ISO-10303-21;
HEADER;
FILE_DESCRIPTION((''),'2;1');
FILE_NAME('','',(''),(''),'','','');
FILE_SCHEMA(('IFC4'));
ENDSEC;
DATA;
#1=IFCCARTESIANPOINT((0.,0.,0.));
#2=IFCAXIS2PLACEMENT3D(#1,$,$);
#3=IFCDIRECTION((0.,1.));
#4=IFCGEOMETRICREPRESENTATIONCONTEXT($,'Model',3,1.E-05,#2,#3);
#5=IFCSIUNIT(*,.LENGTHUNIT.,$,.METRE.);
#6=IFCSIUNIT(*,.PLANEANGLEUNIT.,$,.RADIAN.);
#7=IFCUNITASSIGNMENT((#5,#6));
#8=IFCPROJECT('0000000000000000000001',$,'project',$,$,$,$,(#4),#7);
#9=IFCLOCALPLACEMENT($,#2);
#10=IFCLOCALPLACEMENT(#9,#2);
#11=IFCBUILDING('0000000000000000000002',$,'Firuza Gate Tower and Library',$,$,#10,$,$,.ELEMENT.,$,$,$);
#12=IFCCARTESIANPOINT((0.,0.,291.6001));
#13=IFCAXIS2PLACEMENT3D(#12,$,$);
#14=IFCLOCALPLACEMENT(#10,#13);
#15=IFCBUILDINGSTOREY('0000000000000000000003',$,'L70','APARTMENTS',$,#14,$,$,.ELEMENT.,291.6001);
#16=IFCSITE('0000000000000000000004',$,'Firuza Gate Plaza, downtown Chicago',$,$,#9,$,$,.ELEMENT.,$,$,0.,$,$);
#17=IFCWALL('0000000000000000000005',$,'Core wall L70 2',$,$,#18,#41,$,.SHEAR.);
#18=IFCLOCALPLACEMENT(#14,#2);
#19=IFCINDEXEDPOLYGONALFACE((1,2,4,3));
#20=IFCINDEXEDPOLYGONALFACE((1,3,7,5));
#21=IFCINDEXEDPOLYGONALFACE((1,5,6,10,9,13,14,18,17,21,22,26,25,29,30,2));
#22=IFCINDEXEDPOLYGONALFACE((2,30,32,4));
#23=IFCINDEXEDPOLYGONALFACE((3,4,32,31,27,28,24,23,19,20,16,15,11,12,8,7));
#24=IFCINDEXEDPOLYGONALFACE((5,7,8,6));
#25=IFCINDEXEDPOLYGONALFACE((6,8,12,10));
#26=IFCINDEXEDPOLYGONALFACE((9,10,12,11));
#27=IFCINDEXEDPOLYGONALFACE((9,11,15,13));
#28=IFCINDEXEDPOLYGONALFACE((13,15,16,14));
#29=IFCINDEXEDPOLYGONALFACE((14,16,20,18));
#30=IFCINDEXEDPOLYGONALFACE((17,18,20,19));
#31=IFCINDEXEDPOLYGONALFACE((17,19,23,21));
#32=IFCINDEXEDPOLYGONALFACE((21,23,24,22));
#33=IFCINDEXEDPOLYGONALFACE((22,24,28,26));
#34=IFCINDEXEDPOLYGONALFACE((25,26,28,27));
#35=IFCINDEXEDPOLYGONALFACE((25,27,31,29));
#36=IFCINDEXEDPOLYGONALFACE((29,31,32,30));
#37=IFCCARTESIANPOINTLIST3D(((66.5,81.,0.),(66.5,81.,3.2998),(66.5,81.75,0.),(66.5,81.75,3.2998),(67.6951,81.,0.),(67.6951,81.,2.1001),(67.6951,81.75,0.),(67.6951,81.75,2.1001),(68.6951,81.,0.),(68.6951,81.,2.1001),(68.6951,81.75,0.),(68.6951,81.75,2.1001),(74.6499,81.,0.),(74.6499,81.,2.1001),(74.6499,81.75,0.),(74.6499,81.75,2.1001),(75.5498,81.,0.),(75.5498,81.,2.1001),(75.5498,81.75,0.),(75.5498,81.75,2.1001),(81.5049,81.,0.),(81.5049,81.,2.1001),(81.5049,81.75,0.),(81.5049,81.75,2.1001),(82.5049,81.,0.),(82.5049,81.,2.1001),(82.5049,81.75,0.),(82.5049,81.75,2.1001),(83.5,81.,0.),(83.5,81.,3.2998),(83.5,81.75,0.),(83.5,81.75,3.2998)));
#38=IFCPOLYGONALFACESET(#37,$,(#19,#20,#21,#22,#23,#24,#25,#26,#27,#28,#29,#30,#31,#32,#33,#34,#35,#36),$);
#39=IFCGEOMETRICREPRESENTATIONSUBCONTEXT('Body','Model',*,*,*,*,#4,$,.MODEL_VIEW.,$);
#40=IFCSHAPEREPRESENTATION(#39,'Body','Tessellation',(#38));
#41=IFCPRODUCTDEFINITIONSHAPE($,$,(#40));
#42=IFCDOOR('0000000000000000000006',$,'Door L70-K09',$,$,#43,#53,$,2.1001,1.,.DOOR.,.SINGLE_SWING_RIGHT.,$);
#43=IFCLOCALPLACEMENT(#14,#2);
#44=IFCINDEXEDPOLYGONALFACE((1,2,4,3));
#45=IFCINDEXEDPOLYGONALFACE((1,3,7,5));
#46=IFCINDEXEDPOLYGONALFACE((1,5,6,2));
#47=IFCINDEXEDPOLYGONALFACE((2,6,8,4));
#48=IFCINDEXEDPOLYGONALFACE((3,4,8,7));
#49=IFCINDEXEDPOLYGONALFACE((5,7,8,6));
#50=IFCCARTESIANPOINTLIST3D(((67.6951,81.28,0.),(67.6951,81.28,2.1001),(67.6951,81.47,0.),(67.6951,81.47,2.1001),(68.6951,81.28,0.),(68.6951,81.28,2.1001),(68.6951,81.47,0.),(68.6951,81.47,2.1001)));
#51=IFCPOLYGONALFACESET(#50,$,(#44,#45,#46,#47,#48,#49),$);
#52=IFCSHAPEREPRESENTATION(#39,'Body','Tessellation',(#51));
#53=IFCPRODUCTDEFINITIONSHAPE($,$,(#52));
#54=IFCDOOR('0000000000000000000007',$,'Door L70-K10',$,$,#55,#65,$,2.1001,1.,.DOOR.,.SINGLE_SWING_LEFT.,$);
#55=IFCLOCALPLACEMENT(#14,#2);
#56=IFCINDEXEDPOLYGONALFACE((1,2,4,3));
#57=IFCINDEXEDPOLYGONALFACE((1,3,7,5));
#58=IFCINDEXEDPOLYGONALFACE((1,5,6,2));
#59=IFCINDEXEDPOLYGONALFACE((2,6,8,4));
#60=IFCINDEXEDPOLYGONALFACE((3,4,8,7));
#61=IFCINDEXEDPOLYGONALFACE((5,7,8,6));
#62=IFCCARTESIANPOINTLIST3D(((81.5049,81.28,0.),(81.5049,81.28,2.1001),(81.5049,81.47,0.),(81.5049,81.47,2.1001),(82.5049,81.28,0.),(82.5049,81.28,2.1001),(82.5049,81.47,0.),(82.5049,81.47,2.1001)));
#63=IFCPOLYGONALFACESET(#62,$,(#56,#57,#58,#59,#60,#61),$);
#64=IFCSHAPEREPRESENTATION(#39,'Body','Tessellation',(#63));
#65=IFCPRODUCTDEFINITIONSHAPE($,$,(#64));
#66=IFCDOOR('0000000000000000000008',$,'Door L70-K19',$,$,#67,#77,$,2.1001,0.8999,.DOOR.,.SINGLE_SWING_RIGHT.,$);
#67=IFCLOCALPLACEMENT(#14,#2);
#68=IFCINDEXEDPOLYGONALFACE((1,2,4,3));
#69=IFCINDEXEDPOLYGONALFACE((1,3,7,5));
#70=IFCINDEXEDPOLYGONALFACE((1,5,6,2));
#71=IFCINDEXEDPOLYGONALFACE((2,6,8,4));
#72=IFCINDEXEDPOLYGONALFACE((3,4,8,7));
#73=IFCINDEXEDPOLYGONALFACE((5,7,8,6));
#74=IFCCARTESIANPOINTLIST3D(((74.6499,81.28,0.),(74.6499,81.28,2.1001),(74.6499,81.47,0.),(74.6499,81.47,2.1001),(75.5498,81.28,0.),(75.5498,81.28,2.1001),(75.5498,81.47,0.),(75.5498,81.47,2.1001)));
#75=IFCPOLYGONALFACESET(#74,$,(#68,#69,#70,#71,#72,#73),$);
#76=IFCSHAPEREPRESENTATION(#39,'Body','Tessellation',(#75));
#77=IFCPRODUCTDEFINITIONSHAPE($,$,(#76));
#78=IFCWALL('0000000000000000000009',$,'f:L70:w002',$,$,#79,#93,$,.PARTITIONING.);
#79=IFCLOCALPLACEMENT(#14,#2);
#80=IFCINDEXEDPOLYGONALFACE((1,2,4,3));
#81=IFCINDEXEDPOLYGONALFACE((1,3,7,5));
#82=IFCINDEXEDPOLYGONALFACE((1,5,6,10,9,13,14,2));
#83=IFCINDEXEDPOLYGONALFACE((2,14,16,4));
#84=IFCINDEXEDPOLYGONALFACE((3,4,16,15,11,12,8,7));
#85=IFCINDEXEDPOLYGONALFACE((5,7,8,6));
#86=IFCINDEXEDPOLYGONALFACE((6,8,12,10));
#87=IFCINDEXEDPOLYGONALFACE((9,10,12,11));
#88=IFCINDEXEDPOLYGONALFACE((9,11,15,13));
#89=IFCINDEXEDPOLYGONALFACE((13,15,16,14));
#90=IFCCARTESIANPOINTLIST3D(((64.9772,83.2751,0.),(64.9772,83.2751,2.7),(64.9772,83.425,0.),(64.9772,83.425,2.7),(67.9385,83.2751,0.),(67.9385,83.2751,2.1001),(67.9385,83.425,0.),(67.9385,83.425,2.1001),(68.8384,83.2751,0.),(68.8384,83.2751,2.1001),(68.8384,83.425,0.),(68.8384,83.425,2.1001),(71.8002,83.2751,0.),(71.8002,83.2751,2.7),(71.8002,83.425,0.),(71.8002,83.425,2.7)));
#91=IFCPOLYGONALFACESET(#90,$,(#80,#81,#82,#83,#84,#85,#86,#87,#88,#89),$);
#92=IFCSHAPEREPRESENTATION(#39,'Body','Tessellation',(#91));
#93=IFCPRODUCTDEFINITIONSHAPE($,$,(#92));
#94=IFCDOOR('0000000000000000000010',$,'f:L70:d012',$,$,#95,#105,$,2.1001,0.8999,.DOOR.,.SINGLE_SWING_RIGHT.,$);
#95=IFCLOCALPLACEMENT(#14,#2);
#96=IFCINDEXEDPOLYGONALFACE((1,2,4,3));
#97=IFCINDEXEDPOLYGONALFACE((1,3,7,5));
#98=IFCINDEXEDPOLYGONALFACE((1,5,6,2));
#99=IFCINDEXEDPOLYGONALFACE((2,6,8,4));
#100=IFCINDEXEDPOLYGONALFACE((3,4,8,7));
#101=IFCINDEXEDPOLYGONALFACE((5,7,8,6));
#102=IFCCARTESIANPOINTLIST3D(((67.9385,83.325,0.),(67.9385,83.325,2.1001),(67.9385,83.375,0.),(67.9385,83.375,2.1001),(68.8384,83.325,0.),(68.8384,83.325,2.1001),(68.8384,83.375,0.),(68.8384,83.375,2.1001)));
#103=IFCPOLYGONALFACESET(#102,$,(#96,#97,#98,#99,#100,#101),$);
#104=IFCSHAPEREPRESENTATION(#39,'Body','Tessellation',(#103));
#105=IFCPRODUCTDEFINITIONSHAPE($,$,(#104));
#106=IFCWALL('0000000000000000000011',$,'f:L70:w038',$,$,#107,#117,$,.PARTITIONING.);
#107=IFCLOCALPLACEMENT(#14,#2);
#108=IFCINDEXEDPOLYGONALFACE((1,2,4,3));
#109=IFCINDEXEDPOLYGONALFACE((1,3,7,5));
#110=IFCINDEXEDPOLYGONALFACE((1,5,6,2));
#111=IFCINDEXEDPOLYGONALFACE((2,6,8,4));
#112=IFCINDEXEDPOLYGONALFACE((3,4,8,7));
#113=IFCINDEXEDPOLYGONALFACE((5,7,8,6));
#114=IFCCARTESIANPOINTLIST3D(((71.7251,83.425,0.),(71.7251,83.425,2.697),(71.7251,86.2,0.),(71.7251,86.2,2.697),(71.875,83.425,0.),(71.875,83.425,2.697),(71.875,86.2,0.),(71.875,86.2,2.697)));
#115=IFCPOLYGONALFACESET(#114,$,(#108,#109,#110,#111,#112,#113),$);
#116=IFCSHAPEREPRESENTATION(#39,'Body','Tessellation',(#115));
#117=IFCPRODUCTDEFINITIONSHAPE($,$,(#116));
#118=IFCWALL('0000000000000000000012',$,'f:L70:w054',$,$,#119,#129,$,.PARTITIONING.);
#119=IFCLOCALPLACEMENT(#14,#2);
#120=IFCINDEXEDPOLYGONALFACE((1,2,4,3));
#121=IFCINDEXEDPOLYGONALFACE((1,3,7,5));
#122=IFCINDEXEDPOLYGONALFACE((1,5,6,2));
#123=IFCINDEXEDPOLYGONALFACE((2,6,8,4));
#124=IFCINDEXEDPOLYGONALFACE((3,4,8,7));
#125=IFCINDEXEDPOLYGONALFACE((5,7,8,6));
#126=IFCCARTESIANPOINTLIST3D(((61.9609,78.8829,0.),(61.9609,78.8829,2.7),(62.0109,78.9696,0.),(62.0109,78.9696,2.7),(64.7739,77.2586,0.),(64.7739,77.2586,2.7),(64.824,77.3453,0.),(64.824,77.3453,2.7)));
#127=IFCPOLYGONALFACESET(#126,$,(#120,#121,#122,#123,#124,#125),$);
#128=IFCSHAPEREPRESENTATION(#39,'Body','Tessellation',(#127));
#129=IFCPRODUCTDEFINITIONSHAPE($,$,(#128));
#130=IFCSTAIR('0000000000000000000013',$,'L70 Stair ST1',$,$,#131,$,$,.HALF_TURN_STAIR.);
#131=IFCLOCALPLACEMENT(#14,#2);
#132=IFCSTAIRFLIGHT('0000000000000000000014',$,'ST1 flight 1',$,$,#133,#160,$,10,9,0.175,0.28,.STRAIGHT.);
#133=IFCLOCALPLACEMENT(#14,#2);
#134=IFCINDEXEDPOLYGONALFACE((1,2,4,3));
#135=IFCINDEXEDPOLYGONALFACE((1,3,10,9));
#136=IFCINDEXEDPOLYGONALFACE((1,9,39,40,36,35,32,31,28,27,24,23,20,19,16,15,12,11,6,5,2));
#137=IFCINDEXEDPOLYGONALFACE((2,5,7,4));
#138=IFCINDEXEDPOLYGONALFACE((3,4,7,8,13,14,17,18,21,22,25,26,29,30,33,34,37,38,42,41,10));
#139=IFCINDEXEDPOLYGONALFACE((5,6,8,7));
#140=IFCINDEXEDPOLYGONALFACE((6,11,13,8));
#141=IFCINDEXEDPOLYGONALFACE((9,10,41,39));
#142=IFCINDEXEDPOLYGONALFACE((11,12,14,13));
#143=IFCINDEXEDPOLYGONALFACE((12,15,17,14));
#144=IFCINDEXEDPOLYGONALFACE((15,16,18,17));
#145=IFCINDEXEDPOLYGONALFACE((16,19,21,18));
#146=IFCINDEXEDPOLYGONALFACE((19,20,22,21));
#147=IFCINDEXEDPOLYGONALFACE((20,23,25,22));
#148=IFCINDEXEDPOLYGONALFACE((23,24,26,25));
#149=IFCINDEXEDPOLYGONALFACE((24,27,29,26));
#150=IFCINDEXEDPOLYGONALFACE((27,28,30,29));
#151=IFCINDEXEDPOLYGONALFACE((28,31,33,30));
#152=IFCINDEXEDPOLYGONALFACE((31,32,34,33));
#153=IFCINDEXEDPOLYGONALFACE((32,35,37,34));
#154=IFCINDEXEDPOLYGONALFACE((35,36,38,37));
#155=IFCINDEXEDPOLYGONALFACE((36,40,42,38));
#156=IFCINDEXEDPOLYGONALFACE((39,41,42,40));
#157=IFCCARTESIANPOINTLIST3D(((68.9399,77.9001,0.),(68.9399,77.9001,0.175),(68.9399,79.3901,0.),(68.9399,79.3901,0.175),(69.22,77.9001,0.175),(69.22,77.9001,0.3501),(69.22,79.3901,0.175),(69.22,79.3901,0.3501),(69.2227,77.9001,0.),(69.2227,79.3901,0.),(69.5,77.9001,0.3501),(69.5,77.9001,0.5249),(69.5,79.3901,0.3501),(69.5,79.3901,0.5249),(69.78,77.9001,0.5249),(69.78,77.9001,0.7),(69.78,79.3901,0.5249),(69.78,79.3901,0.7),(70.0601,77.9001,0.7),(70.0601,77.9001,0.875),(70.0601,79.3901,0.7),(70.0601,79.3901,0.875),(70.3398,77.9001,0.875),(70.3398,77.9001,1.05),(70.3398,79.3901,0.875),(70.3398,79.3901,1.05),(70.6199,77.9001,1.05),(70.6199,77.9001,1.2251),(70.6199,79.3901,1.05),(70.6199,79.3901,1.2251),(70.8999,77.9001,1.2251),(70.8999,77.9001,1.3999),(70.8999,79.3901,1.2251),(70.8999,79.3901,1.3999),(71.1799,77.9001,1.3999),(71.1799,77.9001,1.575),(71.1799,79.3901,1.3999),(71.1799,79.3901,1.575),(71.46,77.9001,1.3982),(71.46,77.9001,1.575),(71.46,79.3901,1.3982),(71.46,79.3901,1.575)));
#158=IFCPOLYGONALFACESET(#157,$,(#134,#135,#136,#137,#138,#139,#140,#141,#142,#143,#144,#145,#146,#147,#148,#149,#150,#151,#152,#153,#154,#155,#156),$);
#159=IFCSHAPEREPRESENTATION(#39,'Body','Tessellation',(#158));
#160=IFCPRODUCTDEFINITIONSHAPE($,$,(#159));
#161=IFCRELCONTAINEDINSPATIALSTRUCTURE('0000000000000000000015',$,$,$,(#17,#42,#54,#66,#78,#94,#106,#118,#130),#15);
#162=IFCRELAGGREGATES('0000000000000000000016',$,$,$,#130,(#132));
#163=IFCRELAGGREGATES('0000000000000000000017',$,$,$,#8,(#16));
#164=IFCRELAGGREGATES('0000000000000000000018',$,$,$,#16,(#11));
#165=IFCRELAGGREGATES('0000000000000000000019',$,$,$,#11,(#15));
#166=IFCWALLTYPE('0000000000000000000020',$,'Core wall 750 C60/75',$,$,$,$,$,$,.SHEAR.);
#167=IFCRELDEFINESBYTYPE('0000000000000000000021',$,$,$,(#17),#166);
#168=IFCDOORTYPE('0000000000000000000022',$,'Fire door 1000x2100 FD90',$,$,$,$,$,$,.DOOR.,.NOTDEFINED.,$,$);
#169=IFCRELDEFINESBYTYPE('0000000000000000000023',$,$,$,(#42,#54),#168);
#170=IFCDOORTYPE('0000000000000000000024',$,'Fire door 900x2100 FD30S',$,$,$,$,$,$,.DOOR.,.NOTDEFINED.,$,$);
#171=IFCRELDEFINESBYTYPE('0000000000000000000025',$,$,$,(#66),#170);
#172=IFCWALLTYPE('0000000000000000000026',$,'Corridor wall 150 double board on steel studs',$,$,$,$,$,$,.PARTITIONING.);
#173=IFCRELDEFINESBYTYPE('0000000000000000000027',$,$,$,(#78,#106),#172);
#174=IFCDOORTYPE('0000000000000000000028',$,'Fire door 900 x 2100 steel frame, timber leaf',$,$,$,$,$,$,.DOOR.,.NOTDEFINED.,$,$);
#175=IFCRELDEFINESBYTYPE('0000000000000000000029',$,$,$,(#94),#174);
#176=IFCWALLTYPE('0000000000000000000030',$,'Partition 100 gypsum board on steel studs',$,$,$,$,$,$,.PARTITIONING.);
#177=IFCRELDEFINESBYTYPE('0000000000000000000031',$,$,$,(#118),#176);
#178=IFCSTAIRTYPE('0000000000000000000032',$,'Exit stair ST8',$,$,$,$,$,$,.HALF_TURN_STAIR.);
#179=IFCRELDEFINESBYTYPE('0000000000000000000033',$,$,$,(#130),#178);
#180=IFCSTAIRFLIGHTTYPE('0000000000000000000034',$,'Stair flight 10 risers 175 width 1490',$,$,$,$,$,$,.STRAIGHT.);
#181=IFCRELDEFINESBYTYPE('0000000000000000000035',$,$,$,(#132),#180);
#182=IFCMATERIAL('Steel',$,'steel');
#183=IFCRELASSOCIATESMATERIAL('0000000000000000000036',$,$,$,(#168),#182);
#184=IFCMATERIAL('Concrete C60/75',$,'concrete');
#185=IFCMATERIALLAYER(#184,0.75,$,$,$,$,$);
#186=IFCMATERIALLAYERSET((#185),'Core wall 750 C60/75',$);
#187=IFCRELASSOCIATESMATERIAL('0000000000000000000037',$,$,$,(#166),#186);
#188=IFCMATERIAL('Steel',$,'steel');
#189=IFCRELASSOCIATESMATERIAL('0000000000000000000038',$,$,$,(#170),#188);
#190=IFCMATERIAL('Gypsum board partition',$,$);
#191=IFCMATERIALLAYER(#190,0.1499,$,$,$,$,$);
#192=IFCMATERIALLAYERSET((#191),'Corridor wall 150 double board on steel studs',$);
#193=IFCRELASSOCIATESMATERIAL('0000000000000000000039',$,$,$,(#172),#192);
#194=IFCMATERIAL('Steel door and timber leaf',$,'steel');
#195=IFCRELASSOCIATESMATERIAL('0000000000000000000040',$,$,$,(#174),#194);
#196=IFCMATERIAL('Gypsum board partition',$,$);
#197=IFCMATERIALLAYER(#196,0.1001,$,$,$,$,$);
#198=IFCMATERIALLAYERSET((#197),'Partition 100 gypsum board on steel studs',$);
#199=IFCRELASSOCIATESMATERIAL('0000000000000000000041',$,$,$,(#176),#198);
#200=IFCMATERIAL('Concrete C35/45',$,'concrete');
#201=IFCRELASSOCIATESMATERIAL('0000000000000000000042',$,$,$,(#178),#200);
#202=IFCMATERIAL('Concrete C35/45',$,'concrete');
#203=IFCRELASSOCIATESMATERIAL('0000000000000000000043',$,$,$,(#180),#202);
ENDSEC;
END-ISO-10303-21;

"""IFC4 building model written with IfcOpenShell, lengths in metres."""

from ifc_helpers import new_model, si_unit, direction, frame, frame_2d, origin, place, context, subcontext, project, spatial, polyline, rectangle, outline, extrude, material, layer, layer_set, type_object, element, fill, aggregate, save


model = new_model("IFC4")

# Units and contexts
model_context = context("Model", 3, precision=1e-05, world=origin(), true_north=direction((0.0, 1.0)))
body_context = subcontext(model_context, "Body", "Model", "MODEL_VIEW")
ifc_project = project(units=[si_unit("LENGTHUNIT", "METRE"), si_unit("PLANEANGLEUNIT", "RADIAN")], contexts=[model_context])

# Site, building, storey
site_placement = place(None, origin())
site = spatial("IfcSite", under=ifc_project, at=site_placement, Name="Firuza Gate Plaza, downtown Chicago", CompositionType="ELEMENT", RefElevation=0.0)
building_placement = place(site_placement, origin())
building = spatial("IfcBuilding", under=site, at=building_placement, Name="Firuza Gate Tower and Library", CompositionType="ELEMENT")
storey_placement = place(building_placement, frame((0.0, 0.0, 291.6001)))
storey = spatial("IfcBuildingStorey", under=building, at=storey_placement, Name="L70", Description="APARTMENTS", CompositionType="ELEMENT", Elevation=291.6001)

# Shared definitions
ifc_material_1 = material(Name="Steel", Category="steel")
door_type_1 = type_object("IfcDoorType", Name="Fire door 1000x2100 FD90", OperationType="NOTDEFINED", PredefinedType="DOOR", material=ifc_material_1)

# Wall, openings, doors
ifc_material_2 = material(Name="Concrete C60/75", Category="concrete")
ifc_layer_1 = layer(ifc_material_2, 0.75)
ifc_layer_set_1 = layer_set([ifc_layer_1], Name="Core wall 750 C60/75")
wall_type_1 = type_object("IfcWallType", Name="Core wall 750 C60/75", PredefinedType="SHEAR", material=ifc_layer_set_1)
wall_1_placement = place(storey_placement, frame((66.5, 81.375, 0.0), z_axis=(0.0, 0.0, 1.0), x_axis=(1.0, 0.0, 0.0)))
wall_1 = element("IfcWall", 1, at=wall_1_placement, inside=storey, type_object=wall_type_1, Name="Core wall L70 2", PredefinedType="SHEAR", context=body_context, shape_type="SweptSolid", body=[
    extrude(rectangle(XDim=17.0, YDim=0.75, at=frame_2d((8.5, 0.0))), origin(), (0.0, 0.0, 1.0), 3.2998),
])
opening_1_placement = place(wall_1_placement, frame((1.1951, 0.0, 0.0)))
opening_1 = element("IfcOpeningElement", 2, at=opening_1_placement, cuts=wall_1, PredefinedType="OPENING", context=body_context, shape_type="SweptSolid", body=[
    extrude(rectangle(XDim=1.0, YDim=2.1001, at=frame_2d((0.5, 1.05))), frame((0.0, 0.385, 0.0), z_axis=(0.0, -1.0, 0.0), x_axis=(1.0, 0.0, 0.0)), (0.0, 0.0, 1.0), 0.77),
])
opening_2_placement = place(wall_1_placement, frame((15.0049, 0.0, 0.0)))
opening_2 = element("IfcOpeningElement", 3, at=opening_2_placement, cuts=wall_1, PredefinedType="OPENING", context=body_context, shape_type="SweptSolid", body=[
    extrude(rectangle(XDim=1.0, YDim=2.1001, at=frame_2d((0.5, 1.05))), frame((0.0, 0.385, 0.0), z_axis=(0.0, -1.0, 0.0), x_axis=(1.0, 0.0, 0.0)), (0.0, 0.0, 1.0), 0.77),
])
opening_3_placement = place(wall_1_placement, frame((8.1499, 0.0, 0.0)))
opening_3 = element("IfcOpeningElement", 4, at=opening_3_placement, cuts=wall_1, PredefinedType="OPENING", context=body_context, shape_type="SweptSolid", body=[
    extrude(rectangle(XDim=0.8999, YDim=2.1001, at=frame_2d((0.45, 1.05))), frame((0.0, 0.385, 0.0), z_axis=(0.0, -1.0, 0.0), x_axis=(1.0, 0.0, 0.0)), (0.0, 0.0, 1.0), 0.77),
])
door_1_placement = place(opening_1_placement, origin())
door_1 = element("IfcDoor", 5, at=door_1_placement, inside=storey, type_object=door_type_1, Name="Door L70-K09", OperationType="SINGLE_SWING_RIGHT", OverallHeight=2.1001, OverallWidth=1.0, PredefinedType="DOOR", context=body_context, shape_type="SweptSolid", body=[
    extrude(rectangle(XDim=1.0, YDim=2.1001, at=frame_2d((0.5, 1.05))), frame((0.0, 0.095, 0.0), z_axis=(0.0, -1.0, 0.0), x_axis=(1.0, 0.0, 0.0)), (0.0, 0.0, 1.0), 0.1899),
])
fill(opening_1, door_1)
door_2_placement = place(opening_2_placement, origin())
door_2 = element("IfcDoor", 6, at=door_2_placement, inside=storey, type_object=door_type_1, Name="Door L70-K10", OperationType="SINGLE_SWING_LEFT", OverallHeight=2.1001, OverallWidth=1.0, PredefinedType="DOOR", context=body_context, shape_type="SweptSolid", body=[
    extrude(rectangle(XDim=1.0, YDim=2.1001, at=frame_2d((0.5, 1.05))), frame((0.0, 0.095, 0.0), z_axis=(0.0, -1.0, 0.0), x_axis=(1.0, 0.0, 0.0)), (0.0, 0.0, 1.0), 0.1899),
])
fill(opening_2, door_2)
ifc_material_3 = material(Name="Steel", Category="steel")
door_type_2 = type_object("IfcDoorType", Name="Fire door 900x2100 FD30S", OperationType="NOTDEFINED", PredefinedType="DOOR", material=ifc_material_3)
door_3_placement = place(opening_3_placement, origin())
door_3 = element("IfcDoor", 7, at=door_3_placement, inside=storey, type_object=door_type_2, Name="Door L70-K19", OperationType="SINGLE_SWING_RIGHT", OverallHeight=2.1001, OverallWidth=0.8999, PredefinedType="DOOR", context=body_context, shape_type="SweptSolid", body=[
    extrude(rectangle(XDim=0.8999, YDim=2.1001, at=frame_2d((0.45, 1.05))), frame((0.0, 0.095, 0.0), z_axis=(0.0, -1.0, 0.0), x_axis=(1.0, 0.0, 0.0)), (0.0, 0.0, 1.0), 0.1899),
])
fill(opening_3, door_3)

# Wall, opening, door
ifc_material_4 = material(Name="Gypsum board partition")
ifc_layer_2 = layer(ifc_material_4, 0.1499)
ifc_layer_set_2 = layer_set([ifc_layer_2], Name="Corridor wall 150 double board on steel studs")
wall_type_2 = type_object("IfcWallType", Name="Corridor wall 150 double board on steel studs", PredefinedType="PARTITIONING", material=ifc_layer_set_2)
wall_2_placement = place(storey_placement, frame((64.9771, 83.3501, 0.0), z_axis=(0.0, 0.0, 1.0), x_axis=(1.0, 0.0, 0.0)))
wall_2 = element("IfcWall", 8, at=wall_2_placement, inside=storey, type_object=wall_type_2, Name="f:L70:w002", PredefinedType="PARTITIONING", context=body_context, shape_type="SweptSolid", body=[
    extrude(rectangle(XDim=6.823, YDim=0.1499, at=frame_2d((3.4116, 0.0))), origin(), (0.0, 0.0, 1.0), 2.7),
])
opening_4_placement = place(wall_2_placement, frame((2.9614, 0.0, 0.0)))
opening_4 = element("IfcOpeningElement", 9, at=opening_4_placement, cuts=wall_2, PredefinedType="OPENING", context=body_context, shape_type="SweptSolid", body=[
    extrude(rectangle(XDim=0.8999, YDim=2.1001, at=frame_2d((0.45, 1.05))), frame((0.0, 0.085, 0.0), z_axis=(0.0, -1.0, 0.0), x_axis=(1.0, 0.0, 0.0)), (0.0, 0.0, 1.0), 0.1699),
])
ifc_material_5 = material(Name="Steel door and timber leaf", Category="steel")
door_type_3 = type_object("IfcDoorType", Name="Fire door 900 x 2100 steel frame, timber leaf", OperationType="NOTDEFINED", PredefinedType="DOOR", material=ifc_material_5)
door_4_placement = place(opening_4_placement, origin())
door_4 = element("IfcDoor", 10, at=door_4_placement, inside=storey, type_object=door_type_3, Name="f:L70:d012", OperationType="SINGLE_SWING_RIGHT", OverallHeight=2.1001, OverallWidth=0.8999, PredefinedType="DOOR", context=body_context, shape_type="SweptSolid", body=[
    extrude(rectangle(XDim=0.8999, YDim=2.1001, at=frame_2d((0.45, 1.05))), frame((0.0, 0.0249, 0.0), z_axis=(0.0, -1.0, 0.0), x_axis=(1.0, 0.0, 0.0)), (0.0, 0.0, 1.0), 0.05),
])
fill(opening_4, door_4)

# Walls
wall_3_placement = place(storey_placement, frame((71.8, 83.425, 0.0), z_axis=(0.0, 0.0, 1.0), x_axis=(0.0, 1.0, 0.0)))
element("IfcWall", 11, at=wall_3_placement, inside=storey, type_object=wall_type_2, Name="f:L70:w038", PredefinedType="PARTITIONING", context=body_context, shape_type="SweptSolid", body=[
    extrude(rectangle(XDim=2.7749, YDim=0.1499, at=frame_2d((1.3875, 0.0))), origin(), (0.0, 0.0, 1.0), 2.697),
])
ifc_material_6 = material(Name="Gypsum board partition")
ifc_layer_3 = layer(ifc_material_6, 0.1001)
ifc_layer_set_3 = layer_set([ifc_layer_3], Name="Partition 100 gypsum board on steel studs")
wall_type_3 = type_object("IfcWallType", Name="Partition 100 gypsum board on steel studs", PredefinedType="PARTITIONING", material=ifc_layer_set_3)
wall_4_placement = place(storey_placement, frame((64.7988, 77.302, 0.0), z_axis=(0.0, 0.0, 1.0), x_axis=(-0.866, 0.500043, 0.0)))
element("IfcWall", 12, at=wall_4_placement, inside=storey, type_object=wall_type_3, Name="f:L70:w054", PredefinedType="PARTITIONING", context=body_context, shape_type="SweptSolid", body=[
    extrude(rectangle(XDim=3.2483, YDim=0.1001, at=frame_2d((1.624, 0.0))), origin(), (0.0, 0.0, 1.0), 2.7),
])

# Stair, stair flight
ifc_material_7 = material(Name="Concrete C35/45", Category="concrete")
stair_type = type_object("IfcStairType", Name="Exit stair ST8", PredefinedType="HALF_TURN_STAIR", material=ifc_material_7)
stair_placement = place(storey_placement, origin())
stair = element("IfcStair", 13, at=stair_placement, inside=storey, type_object=stair_type, Name="L70 Stair ST1", PredefinedType="HALF_TURN_STAIR")
ifc_material_8 = material(Name="Concrete C35/45", Category="concrete")
stair_flight_type = type_object("IfcStairFlightType", Name="Stair flight 10 risers 175 width 1490", PredefinedType="STRAIGHT", material=ifc_material_8)
stair_flight_1_placement = place(storey_placement, frame((68.9399, 78.645, 0.0), z_axis=(0.0, 0.0, 1.0), x_axis=(1.0, 0.0, 0.0)))
stair_flight_1 = element("IfcStairFlight", 14, at=stair_flight_1_placement, type_object=stair_flight_type, Name="ST1 flight 1", NumberOfRisers=10, NumberOfTreads=9, PredefinedType="STRAIGHT", RiserHeight=0.175, TreadLength=0.28, context=body_context, shape_type="SweptSolid", body=[
    extrude(outline(polyline([(0.0, 0.0), (0.0, 0.175), (0.28, 0.175), (0.28, 0.3501), (0.5601, 0.3501), (0.5601, 0.5249), (0.8401, 0.5249), (0.8401, 0.7), (1.1201, 0.7), (1.1201, 0.875), (1.3999, 0.875), (1.3999, 1.05), (1.6799, 1.05), (1.6799, 1.2251), (1.96, 1.2251), (1.96, 1.3999), (2.24, 1.3999), (2.24, 1.575), (2.52, 1.575), (2.52, 1.75), (2.52, 1.3982), (0.2827, 0.0), (0.0, 0.0)])), frame((0.0, 0.7451, 0.0), z_axis=(0.0, -1.0, 0.0), x_axis=(1.0, 0.0, 0.0)), (0.0, 0.0, 1.0), 1.49),
])
aggregate(stair, [stair_flight_1])

save(model, "model.ifc")
